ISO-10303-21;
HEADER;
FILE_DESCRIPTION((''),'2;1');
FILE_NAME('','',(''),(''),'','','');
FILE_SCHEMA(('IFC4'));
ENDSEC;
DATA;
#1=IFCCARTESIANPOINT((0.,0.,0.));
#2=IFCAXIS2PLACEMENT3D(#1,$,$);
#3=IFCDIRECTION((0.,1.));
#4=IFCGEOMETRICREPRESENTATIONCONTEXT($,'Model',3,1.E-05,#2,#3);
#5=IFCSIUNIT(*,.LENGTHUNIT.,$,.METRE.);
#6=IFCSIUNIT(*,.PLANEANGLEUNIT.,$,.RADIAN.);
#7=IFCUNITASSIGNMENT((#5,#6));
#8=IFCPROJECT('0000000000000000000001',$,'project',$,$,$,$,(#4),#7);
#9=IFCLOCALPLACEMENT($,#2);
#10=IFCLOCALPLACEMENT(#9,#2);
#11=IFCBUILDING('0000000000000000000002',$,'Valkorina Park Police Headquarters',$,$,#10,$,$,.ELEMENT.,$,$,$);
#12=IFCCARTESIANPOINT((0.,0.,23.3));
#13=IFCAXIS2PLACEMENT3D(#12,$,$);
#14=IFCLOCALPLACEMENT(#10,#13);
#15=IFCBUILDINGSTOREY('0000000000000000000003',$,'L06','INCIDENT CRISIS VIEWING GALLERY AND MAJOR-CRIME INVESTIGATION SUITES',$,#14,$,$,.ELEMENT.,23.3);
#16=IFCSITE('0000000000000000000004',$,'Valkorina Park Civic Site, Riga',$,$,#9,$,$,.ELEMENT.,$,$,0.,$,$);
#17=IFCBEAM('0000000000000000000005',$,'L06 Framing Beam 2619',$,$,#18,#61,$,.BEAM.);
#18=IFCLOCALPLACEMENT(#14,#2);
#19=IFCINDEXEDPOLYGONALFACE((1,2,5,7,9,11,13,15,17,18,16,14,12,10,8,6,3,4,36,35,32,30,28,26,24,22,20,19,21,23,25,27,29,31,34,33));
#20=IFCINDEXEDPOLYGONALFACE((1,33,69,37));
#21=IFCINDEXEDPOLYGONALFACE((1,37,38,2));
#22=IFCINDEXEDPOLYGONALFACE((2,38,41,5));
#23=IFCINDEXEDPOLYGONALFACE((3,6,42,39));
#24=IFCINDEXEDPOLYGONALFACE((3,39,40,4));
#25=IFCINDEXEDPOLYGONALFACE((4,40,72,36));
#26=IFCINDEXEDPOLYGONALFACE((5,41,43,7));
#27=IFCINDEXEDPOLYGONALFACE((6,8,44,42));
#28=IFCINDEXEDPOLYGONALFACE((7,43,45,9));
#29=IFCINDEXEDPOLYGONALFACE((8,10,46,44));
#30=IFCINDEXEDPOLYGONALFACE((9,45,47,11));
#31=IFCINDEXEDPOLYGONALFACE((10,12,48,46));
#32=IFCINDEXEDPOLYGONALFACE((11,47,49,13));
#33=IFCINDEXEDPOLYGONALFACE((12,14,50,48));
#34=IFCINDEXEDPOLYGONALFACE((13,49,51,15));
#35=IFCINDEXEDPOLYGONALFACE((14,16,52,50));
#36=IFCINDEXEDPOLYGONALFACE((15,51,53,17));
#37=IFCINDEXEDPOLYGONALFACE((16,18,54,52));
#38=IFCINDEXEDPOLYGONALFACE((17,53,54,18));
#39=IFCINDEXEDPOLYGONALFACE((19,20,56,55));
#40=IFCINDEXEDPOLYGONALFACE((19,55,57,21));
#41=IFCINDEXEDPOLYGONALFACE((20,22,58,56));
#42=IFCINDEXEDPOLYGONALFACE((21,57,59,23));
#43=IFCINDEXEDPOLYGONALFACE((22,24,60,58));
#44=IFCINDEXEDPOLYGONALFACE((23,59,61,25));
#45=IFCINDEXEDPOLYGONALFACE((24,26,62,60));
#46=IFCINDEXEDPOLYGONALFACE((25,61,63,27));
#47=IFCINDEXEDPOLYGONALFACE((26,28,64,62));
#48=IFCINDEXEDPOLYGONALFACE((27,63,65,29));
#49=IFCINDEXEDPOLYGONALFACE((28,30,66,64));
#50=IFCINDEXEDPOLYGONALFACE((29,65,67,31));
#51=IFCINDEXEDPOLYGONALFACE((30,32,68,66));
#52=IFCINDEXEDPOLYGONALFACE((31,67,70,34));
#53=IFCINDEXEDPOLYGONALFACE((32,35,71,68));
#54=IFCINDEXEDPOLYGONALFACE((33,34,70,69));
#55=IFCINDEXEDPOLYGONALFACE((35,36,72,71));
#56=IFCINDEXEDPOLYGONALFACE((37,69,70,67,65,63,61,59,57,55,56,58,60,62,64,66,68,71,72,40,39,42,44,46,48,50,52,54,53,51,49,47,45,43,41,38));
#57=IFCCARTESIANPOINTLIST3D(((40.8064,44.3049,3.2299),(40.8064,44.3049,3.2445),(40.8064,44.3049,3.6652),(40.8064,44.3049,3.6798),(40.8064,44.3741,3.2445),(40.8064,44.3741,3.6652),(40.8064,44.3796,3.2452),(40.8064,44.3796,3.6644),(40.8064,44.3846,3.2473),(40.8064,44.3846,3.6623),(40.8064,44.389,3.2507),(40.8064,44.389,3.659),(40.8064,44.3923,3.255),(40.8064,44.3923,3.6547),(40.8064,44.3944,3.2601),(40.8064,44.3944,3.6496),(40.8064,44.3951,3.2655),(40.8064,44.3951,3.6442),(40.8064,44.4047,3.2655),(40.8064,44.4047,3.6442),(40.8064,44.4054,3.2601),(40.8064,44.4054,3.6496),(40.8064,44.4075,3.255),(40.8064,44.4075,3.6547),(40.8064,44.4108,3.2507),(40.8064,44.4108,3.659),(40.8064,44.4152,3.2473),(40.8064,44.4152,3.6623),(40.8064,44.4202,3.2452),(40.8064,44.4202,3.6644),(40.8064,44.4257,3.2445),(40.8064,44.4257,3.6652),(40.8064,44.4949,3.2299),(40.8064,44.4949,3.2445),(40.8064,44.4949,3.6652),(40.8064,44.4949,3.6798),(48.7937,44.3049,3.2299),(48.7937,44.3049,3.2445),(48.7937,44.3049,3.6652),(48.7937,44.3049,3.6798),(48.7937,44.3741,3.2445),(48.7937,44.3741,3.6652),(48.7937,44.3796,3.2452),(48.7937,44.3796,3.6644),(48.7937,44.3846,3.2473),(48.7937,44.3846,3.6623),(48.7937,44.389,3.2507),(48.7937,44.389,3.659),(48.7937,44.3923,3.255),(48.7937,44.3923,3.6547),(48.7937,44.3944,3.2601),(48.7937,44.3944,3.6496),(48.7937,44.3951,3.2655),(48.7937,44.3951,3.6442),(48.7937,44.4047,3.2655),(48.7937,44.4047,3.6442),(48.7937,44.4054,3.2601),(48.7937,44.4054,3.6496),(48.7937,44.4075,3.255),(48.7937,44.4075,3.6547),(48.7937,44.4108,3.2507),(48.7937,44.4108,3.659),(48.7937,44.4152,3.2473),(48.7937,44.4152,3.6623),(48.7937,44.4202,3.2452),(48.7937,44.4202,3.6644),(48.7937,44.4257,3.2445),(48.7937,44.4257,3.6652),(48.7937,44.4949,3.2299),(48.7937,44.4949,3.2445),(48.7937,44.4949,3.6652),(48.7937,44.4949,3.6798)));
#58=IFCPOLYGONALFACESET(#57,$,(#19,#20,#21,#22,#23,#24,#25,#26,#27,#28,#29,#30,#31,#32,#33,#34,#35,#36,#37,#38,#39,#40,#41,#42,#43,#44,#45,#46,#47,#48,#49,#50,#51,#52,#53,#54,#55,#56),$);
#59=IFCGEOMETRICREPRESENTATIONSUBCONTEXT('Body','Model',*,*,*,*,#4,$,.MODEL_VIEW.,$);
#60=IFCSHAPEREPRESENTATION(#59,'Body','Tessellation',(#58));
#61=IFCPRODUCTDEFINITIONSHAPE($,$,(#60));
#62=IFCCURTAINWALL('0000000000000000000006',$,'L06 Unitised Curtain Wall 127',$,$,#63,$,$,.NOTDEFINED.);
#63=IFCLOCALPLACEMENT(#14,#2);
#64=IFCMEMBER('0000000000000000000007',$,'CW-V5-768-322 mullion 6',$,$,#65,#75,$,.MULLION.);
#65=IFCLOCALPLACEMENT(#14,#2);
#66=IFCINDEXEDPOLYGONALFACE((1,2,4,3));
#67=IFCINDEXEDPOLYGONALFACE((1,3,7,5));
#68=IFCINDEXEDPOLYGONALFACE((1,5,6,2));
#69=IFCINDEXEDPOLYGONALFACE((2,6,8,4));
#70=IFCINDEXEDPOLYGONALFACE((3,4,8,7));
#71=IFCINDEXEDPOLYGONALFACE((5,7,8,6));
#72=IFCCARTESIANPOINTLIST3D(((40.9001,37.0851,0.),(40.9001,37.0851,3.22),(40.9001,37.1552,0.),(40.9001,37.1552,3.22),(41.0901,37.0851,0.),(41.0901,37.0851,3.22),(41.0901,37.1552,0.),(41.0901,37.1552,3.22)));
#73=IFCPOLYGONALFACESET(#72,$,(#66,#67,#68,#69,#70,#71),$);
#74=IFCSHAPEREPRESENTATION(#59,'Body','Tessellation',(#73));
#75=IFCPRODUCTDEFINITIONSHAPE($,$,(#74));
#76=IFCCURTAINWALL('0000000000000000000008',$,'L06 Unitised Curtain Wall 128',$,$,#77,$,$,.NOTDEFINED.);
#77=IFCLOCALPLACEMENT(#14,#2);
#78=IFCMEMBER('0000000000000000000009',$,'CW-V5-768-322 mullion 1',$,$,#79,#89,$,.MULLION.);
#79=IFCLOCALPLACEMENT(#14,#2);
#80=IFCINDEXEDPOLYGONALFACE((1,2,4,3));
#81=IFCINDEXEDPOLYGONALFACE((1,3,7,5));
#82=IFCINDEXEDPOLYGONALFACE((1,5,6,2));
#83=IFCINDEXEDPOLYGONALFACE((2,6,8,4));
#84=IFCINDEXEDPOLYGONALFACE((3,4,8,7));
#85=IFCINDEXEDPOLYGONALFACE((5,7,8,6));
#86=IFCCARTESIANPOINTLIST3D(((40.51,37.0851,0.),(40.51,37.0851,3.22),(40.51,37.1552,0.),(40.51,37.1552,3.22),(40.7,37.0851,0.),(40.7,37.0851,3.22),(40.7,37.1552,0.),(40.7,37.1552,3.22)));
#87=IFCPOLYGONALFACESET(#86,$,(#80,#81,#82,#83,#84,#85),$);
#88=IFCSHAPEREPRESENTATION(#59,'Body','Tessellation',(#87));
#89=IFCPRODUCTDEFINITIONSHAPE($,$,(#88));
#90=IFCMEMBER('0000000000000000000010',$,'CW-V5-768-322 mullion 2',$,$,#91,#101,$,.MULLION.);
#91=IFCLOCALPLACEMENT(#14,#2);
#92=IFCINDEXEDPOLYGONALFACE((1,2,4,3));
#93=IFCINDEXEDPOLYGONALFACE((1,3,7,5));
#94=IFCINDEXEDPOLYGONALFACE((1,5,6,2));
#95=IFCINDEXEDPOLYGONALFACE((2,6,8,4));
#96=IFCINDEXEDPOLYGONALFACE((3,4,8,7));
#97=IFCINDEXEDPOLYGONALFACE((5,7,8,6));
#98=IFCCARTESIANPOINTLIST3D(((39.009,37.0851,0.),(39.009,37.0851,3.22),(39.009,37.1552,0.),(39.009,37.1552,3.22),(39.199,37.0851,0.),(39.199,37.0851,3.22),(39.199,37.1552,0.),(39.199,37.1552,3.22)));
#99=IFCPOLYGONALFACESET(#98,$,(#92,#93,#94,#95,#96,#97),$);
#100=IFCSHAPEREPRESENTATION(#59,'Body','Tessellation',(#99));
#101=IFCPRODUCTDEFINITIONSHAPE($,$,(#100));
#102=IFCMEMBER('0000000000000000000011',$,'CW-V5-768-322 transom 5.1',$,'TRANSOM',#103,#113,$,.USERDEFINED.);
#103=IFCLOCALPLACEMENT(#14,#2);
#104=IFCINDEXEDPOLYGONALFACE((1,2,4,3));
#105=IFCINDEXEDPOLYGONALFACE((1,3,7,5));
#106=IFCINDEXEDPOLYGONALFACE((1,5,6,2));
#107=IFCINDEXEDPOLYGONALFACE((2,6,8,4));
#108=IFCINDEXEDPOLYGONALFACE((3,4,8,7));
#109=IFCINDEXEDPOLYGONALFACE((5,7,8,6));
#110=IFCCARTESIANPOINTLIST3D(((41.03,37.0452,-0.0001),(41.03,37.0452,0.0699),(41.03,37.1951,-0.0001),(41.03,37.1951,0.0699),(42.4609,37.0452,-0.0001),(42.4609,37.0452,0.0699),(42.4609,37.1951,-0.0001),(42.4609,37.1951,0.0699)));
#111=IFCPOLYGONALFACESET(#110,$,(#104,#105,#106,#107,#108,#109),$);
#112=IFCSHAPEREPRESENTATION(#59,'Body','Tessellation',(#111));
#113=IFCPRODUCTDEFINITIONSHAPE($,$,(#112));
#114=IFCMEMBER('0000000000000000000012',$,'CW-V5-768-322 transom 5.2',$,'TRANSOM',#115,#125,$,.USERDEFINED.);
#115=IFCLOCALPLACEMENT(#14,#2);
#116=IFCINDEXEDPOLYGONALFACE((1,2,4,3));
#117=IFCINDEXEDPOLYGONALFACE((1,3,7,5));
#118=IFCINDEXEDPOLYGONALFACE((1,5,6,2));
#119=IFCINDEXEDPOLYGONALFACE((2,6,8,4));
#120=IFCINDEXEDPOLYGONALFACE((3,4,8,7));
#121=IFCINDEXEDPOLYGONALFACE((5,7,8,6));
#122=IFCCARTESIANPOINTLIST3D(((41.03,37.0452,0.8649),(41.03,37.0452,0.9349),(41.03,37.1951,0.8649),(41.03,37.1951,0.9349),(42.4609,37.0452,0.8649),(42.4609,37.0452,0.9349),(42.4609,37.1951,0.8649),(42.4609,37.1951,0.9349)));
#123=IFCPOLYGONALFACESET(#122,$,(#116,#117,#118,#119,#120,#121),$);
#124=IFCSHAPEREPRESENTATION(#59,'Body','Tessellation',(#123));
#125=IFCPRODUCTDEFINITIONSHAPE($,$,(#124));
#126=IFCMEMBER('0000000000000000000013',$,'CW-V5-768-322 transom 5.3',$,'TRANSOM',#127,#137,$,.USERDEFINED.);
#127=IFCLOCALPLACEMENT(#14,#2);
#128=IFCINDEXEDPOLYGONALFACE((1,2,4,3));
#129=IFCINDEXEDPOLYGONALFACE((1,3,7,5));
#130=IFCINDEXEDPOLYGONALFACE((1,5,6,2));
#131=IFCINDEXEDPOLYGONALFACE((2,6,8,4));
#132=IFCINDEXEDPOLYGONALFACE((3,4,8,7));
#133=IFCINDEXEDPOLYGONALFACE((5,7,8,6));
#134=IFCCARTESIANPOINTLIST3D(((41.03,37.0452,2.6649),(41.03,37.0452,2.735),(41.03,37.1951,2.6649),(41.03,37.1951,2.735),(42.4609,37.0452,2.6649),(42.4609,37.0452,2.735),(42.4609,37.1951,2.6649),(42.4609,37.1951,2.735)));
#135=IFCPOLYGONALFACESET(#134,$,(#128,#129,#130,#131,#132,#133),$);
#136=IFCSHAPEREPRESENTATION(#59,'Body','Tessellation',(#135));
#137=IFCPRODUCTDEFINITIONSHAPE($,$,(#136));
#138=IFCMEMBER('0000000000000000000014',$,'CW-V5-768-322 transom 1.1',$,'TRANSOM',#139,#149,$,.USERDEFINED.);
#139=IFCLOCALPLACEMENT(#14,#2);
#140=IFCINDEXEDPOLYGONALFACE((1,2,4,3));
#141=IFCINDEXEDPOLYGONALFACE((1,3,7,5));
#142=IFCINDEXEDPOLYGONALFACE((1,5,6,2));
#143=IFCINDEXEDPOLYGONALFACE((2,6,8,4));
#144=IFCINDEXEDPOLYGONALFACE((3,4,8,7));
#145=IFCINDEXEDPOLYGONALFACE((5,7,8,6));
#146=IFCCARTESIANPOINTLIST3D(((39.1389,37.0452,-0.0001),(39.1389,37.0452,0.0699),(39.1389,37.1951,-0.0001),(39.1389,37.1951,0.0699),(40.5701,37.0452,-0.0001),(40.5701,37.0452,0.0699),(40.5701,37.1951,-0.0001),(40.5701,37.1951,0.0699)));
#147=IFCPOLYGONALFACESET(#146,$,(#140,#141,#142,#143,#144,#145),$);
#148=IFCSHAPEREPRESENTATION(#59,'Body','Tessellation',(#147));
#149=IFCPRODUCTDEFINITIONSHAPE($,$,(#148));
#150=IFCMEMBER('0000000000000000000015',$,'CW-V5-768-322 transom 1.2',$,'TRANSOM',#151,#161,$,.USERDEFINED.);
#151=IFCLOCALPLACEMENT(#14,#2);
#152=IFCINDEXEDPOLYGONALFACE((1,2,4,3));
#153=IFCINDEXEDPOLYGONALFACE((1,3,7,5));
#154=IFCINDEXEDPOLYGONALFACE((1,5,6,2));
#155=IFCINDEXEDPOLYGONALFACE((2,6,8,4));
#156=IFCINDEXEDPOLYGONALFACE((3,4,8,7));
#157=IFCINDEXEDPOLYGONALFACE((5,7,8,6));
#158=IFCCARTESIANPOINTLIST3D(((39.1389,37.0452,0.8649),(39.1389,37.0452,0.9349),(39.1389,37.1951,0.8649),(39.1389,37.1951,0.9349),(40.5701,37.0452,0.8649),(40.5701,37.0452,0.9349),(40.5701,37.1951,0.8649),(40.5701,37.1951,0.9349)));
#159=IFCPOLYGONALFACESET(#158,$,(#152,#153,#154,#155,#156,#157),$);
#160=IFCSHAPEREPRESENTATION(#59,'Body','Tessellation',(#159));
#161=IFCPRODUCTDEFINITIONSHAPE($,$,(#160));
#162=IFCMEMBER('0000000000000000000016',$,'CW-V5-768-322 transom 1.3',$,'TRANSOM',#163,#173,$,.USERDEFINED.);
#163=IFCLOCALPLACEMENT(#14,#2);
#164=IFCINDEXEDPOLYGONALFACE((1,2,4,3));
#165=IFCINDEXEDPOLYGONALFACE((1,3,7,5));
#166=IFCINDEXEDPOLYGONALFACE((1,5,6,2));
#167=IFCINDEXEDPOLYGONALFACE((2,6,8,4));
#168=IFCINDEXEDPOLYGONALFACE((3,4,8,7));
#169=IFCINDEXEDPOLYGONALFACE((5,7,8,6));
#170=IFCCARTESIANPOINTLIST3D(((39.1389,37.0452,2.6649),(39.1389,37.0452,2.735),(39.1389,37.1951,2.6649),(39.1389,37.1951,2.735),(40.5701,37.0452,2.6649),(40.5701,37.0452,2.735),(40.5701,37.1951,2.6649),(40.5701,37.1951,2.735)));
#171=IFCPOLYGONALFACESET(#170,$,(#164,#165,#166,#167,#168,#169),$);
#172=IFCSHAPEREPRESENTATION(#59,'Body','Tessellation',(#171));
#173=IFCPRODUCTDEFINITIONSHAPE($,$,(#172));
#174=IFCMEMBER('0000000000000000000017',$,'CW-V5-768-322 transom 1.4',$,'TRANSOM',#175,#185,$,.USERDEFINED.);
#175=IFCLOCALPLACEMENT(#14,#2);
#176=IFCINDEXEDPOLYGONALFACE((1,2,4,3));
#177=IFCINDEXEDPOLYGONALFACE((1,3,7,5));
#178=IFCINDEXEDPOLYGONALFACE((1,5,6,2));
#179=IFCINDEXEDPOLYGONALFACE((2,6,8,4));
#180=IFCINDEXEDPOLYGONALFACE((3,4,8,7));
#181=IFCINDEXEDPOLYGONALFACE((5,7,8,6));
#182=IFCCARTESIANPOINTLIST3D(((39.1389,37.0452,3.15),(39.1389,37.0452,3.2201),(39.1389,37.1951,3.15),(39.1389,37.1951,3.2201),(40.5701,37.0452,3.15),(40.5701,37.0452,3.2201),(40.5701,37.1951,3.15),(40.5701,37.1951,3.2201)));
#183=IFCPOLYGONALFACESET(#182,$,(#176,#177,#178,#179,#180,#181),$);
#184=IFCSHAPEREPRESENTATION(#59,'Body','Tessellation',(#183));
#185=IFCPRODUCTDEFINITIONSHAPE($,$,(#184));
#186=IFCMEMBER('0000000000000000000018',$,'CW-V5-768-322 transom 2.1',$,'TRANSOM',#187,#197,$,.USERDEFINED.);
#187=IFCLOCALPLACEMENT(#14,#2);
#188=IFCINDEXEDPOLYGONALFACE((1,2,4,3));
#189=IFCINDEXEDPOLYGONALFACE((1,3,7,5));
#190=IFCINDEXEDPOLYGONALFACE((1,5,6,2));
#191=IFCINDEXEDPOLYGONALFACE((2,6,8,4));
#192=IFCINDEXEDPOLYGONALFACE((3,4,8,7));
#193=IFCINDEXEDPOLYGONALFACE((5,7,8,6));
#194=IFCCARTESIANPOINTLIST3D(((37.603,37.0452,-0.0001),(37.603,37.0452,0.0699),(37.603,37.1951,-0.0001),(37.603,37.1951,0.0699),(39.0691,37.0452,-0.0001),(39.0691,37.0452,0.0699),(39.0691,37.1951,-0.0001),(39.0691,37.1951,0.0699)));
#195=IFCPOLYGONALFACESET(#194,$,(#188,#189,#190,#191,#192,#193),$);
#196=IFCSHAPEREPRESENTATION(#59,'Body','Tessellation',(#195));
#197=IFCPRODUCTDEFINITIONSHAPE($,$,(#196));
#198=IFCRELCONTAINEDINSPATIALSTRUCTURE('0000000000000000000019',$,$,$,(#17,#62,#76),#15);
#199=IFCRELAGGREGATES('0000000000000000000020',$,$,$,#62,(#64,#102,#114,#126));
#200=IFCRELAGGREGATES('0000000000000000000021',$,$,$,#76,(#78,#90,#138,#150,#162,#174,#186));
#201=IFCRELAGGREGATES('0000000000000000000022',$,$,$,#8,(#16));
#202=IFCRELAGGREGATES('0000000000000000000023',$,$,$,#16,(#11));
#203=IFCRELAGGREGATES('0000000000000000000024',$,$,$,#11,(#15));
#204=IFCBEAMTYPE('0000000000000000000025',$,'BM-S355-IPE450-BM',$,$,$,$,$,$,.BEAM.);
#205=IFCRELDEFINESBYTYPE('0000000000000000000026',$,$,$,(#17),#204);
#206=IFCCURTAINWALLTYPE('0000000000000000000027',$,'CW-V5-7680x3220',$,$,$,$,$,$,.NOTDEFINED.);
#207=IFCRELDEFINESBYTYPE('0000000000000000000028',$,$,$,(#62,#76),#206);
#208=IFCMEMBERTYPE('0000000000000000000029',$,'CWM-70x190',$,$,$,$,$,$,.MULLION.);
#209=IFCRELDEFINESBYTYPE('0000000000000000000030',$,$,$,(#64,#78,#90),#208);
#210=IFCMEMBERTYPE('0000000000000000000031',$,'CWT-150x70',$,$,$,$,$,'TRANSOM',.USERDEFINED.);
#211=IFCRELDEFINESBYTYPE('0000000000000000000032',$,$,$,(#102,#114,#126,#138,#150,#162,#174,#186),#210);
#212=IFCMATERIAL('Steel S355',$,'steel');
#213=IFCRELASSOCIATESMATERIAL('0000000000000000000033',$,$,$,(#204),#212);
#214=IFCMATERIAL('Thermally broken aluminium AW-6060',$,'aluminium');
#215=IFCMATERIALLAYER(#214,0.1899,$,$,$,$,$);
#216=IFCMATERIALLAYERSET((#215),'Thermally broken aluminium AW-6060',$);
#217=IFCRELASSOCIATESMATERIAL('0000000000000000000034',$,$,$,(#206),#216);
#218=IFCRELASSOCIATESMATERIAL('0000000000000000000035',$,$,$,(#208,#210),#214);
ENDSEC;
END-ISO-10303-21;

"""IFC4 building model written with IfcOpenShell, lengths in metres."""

from ifc_helpers import new_model, si_unit, direction, frame, origin, origin_2d, place, context, subcontext, project, spatial, rectangle, i_section, extrude, material, layer, layer_set, material_profile, profile_set, type_object, element, aggregate, save


model = new_model("IFC4")

# Units and contexts
model_context = context("Model", 3, precision=1e-05, world=origin(), true_north=direction((0.0, 1.0)))
body_context = subcontext(model_context, "Body", "Model", "MODEL_VIEW")
ifc_project = project(units=[si_unit("LENGTHUNIT", "METRE"), si_unit("PLANEANGLEUNIT", "RADIAN")], contexts=[model_context])

# Site, building, storey
site_placement = place(None, origin())
site = spatial("IfcSite", under=ifc_project, at=site_placement, Name="Valkorina Park Civic Site, Riga", CompositionType="ELEMENT", RefElevation=0.0)
building_placement = place(site_placement, origin())
building = spatial("IfcBuilding", under=site, at=building_placement, Name="Valkorina Park Police Headquarters", CompositionType="ELEMENT")
storey_placement = place(building_placement, frame((0.0, 0.0, 23.3)))
storey = spatial("IfcBuildingStorey", under=building, at=storey_placement, Name="L06", Description="INCIDENT CRISIS VIEWING GALLERY AND MAJOR-CRIME INVESTIGATION SUITES", CompositionType="ELEMENT", Elevation=23.3)

# Shared definitions
ifc_material_1 = material(Name="Steel S355", Category="steel")

# Beam
ifc_material_profile_1 = material_profile(ifc_material_1, i_section(OverallWidth=0.1899, OverallDepth=0.45, WebThickness=0.0095, FlangeThickness=0.0146, FilletRadius=0.021, at=origin_2d()), Name="IPE 450")
ifc_profile_set_1 = profile_set([ifc_material_profile_1], Name="Steel S355")
beam_type_1 = type_object("IfcBeamType", Name="BM-S355-IPE450-BM", PredefinedType="BEAM", material=ifc_profile_set_1)
beam_1_placement = place(storey_placement, frame((40.8064, 44.3999, 3.4548), z_axis=(1.0, 0.0, 0.0), x_axis=(0.0, 1.0, 0.0)))
element("IfcBeam", 1, at=beam_1_placement, inside=storey, type_object=beam_type_1, Name="L06 Framing Beam 2619", PredefinedType="BEAM", context=body_context, shape_type="SweptSolid", body=[
    extrude(i_section(OverallWidth=0.1899, OverallDepth=0.45, WebThickness=0.0095, FlangeThickness=0.0146, FilletRadius=0.021, at=origin_2d()), origin(), (0.0, 0.0, 1.0), 7.9873),
])

# Curtain wall, member
ifc_material_2 = material(Name="Thermally broken aluminium AW-6060", Category="aluminium")
ifc_layer_1 = layer(ifc_material_2, 0.1899)
ifc_layer_set_1 = layer_set([ifc_layer_1], Name="Thermally broken aluminium AW-6060")
curtain_wall_type = type_object("IfcCurtainWallType", Name="CW-V5-7680x3220", PredefinedType="NOTDEFINED", material=ifc_layer_set_1)
curtain_wall_1_placement = place(storey_placement, origin())
curtain_wall_1 = element("IfcCurtainWall", 2, at=curtain_wall_1_placement, inside=storey, type_object=curtain_wall_type, Name="L06 Unitised Curtain Wall 127", PredefinedType="NOTDEFINED")
ifc_material_profile_2 = material_profile(ifc_material_2, rectangle(XDim=0.0701, YDim=0.1899, at=origin_2d()), Name="CWM-02 70x190")
ifc_profile_set_2 = profile_set([ifc_material_profile_2], Name="Thermally broken aluminium AW-6060")
member_type_1 = type_object("IfcMemberType", Name="CWM-70x190", PredefinedType="MULLION", material=ifc_profile_set_2)
member_1_placement = place(storey_placement, frame((40.9951, 37.1201, 0.0), z_axis=(0.0, 0.0, 1.0), x_axis=(0.0, -1.0, 0.0)))
member_1 = element("IfcMember", 3, at=member_1_placement, type_object=member_type_1, Name="CW-V5-768-322 mullion 6", PredefinedType="MULLION", context=body_context, shape_type="SweptSolid", body=[
    extrude(rectangle(XDim=0.0701, YDim=0.1899, at=origin_2d()), origin(), (0.0, 0.0, 1.0), 3.22),
])

# Curtain wall, members
curtain_wall_2_placement = place(storey_placement, origin())
curtain_wall_2 = element("IfcCurtainWall", 4, at=curtain_wall_2_placement, inside=storey, type_object=curtain_wall_type, Name="L06 Unitised Curtain Wall 128", PredefinedType="NOTDEFINED")
member_2_placement = place(storey_placement, frame((40.605, 37.1201, 0.0), z_axis=(0.0, 0.0, 1.0), x_axis=(0.0, -1.0, 0.0)))
member_2 = element("IfcMember", 5, at=member_2_placement, type_object=member_type_1, Name="CW-V5-768-322 mullion 1", PredefinedType="MULLION", context=body_context, shape_type="SweptSolid", body=[
    extrude(rectangle(XDim=0.0701, YDim=0.1899, at=origin_2d()), origin(), (0.0, 0.0, 1.0), 3.22),
])
member_3_placement = place(storey_placement, frame((39.104, 37.1201, 0.0), z_axis=(0.0, 0.0, 1.0), x_axis=(0.0, -1.0, 0.0)))
member_3 = element("IfcMember", 6, at=member_3_placement, type_object=member_type_1, Name="CW-V5-768-322 mullion 2", PredefinedType="MULLION", context=body_context, shape_type="SweptSolid", body=[
    extrude(rectangle(XDim=0.0701, YDim=0.1899, at=origin_2d()), origin(), (0.0, 0.0, 1.0), 3.22),
])

# Members
ifc_material_profile_3 = material_profile(ifc_material_2, rectangle(XDim=0.1499, YDim=0.0701, at=origin_2d()), Name="CWT-02 150x70")
ifc_profile_set_3 = profile_set([ifc_material_profile_3], Name="Thermally broken aluminium AW-6060")
member_type_2 = type_object("IfcMemberType", Name="CWT-150x70", ElementType="TRANSOM", PredefinedType="USERDEFINED", material=ifc_profile_set_3)
member_4_placement = place(storey_placement, frame((42.4609, 37.1201, 0.0349), z_axis=(-1.0, 0.0, 0.0), x_axis=(0.0, -1.0, 0.0)))
member_4 = element("IfcMember", 7, at=member_4_placement, type_object=member_type_2, Name="CW-V5-768-322 transom 5.1", ObjectType="TRANSOM", PredefinedType="USERDEFINED", context=body_context, shape_type="SweptSolid", body=[
    extrude(rectangle(XDim=0.1499, YDim=0.0701, at=origin_2d()), origin(), (0.0, 0.0, 1.0), 1.4309),
])
member_5_placement = place(storey_placement, frame((42.4609, 37.1201, 0.8999), z_axis=(-1.0, 0.0, 0.0), x_axis=(0.0, -1.0, 0.0)))
member_5 = element("IfcMember", 8, at=member_5_placement, type_object=member_type_2, Name="CW-V5-768-322 transom 5.2", ObjectType="TRANSOM", PredefinedType="USERDEFINED", context=body_context, shape_type="SweptSolid", body=[
    extrude(rectangle(XDim=0.1499, YDim=0.0701, at=origin_2d()), origin(), (0.0, 0.0, 1.0), 1.4309),
])
member_6_placement = place(storey_placement, frame((42.4609, 37.1201, 2.7), z_axis=(-1.0, 0.0, 0.0), x_axis=(0.0, -1.0, 0.0)))
member_6 = element("IfcMember", 9, at=member_6_placement, type_object=member_type_2, Name="CW-V5-768-322 transom 5.3", ObjectType="TRANSOM", PredefinedType="USERDEFINED", context=body_context, shape_type="SweptSolid", body=[
    extrude(rectangle(XDim=0.1499, YDim=0.0701, at=origin_2d()), origin(), (0.0, 0.0, 1.0), 1.4309),
])
member_7_placement = place(storey_placement, frame((40.5701, 37.1201, 0.0349), z_axis=(-1.0, 0.0, 0.0), x_axis=(0.0, -1.0, 0.0)))
member_7 = element("IfcMember", 10, at=member_7_placement, type_object=member_type_2, Name="CW-V5-768-322 transom 1.1", ObjectType="TRANSOM", PredefinedType="USERDEFINED", context=body_context, shape_type="SweptSolid", body=[
    extrude(rectangle(XDim=0.1499, YDim=0.0701, at=origin_2d()), origin(), (0.0, 0.0, 1.0), 1.4312),
])
member_8_placement = place(storey_placement, frame((40.5701, 37.1201, 0.8999), z_axis=(-1.0, 0.0, 0.0), x_axis=(0.0, -1.0, 0.0)))
member_8 = element("IfcMember", 11, at=member_8_placement, type_object=member_type_2, Name="CW-V5-768-322 transom 1.2", ObjectType="TRANSOM", PredefinedType="USERDEFINED", context=body_context, shape_type="SweptSolid", body=[
    extrude(rectangle(XDim=0.1499, YDim=0.0701, at=origin_2d()), origin(), (0.0, 0.0, 1.0), 1.4312),
])
member_9_placement = place(storey_placement, frame((40.5701, 37.1201, 2.7), z_axis=(-1.0, 0.0, 0.0), x_axis=(0.0, -1.0, 0.0)))
member_9 = element("IfcMember", 12, at=member_9_placement, type_object=member_type_2, Name="CW-V5-768-322 transom 1.3", ObjectType="TRANSOM", PredefinedType="USERDEFINED", context=body_context, shape_type="SweptSolid", body=[
    extrude(rectangle(XDim=0.1499, YDim=0.0701, at=origin_2d()), origin(), (0.0, 0.0, 1.0), 1.4312),
])
member_10_placement = place(storey_placement, frame((40.5701, 37.1201, 3.1851), z_axis=(-1.0, 0.0, 0.0), x_axis=(0.0, -1.0, 0.0)))
member_10 = element("IfcMember", 13, at=member_10_placement, type_object=member_type_2, Name="CW-V5-768-322 transom 1.4", ObjectType="TRANSOM", PredefinedType="USERDEFINED", context=body_context, shape_type="SweptSolid", body=[
    extrude(rectangle(XDim=0.1499, YDim=0.0701, at=origin_2d()), origin(), (0.0, 0.0, 1.0), 1.4312),
])
member_11_placement = place(storey_placement, frame((39.0691, 37.1201, 0.0349), z_axis=(-1.0, 0.0, 0.0), x_axis=(0.0, -1.0, 0.0)))
member_11 = element("IfcMember", 14, at=member_11_placement, type_object=member_type_2, Name="CW-V5-768-322 transom 2.1", ObjectType="TRANSOM", PredefinedType="USERDEFINED", context=body_context, shape_type="SweptSolid", body=[
    extrude(rectangle(XDim=0.1499, YDim=0.0701, at=origin_2d()), origin(), (0.0, 0.0, 1.0), 1.4661),
])

aggregate(curtain_wall_1, [member_1, member_4, member_5, member_6])
aggregate(curtain_wall_2, [member_2, member_3, member_7, member_8, member_9, member_10, member_11])

save(model, "model.ifc")
